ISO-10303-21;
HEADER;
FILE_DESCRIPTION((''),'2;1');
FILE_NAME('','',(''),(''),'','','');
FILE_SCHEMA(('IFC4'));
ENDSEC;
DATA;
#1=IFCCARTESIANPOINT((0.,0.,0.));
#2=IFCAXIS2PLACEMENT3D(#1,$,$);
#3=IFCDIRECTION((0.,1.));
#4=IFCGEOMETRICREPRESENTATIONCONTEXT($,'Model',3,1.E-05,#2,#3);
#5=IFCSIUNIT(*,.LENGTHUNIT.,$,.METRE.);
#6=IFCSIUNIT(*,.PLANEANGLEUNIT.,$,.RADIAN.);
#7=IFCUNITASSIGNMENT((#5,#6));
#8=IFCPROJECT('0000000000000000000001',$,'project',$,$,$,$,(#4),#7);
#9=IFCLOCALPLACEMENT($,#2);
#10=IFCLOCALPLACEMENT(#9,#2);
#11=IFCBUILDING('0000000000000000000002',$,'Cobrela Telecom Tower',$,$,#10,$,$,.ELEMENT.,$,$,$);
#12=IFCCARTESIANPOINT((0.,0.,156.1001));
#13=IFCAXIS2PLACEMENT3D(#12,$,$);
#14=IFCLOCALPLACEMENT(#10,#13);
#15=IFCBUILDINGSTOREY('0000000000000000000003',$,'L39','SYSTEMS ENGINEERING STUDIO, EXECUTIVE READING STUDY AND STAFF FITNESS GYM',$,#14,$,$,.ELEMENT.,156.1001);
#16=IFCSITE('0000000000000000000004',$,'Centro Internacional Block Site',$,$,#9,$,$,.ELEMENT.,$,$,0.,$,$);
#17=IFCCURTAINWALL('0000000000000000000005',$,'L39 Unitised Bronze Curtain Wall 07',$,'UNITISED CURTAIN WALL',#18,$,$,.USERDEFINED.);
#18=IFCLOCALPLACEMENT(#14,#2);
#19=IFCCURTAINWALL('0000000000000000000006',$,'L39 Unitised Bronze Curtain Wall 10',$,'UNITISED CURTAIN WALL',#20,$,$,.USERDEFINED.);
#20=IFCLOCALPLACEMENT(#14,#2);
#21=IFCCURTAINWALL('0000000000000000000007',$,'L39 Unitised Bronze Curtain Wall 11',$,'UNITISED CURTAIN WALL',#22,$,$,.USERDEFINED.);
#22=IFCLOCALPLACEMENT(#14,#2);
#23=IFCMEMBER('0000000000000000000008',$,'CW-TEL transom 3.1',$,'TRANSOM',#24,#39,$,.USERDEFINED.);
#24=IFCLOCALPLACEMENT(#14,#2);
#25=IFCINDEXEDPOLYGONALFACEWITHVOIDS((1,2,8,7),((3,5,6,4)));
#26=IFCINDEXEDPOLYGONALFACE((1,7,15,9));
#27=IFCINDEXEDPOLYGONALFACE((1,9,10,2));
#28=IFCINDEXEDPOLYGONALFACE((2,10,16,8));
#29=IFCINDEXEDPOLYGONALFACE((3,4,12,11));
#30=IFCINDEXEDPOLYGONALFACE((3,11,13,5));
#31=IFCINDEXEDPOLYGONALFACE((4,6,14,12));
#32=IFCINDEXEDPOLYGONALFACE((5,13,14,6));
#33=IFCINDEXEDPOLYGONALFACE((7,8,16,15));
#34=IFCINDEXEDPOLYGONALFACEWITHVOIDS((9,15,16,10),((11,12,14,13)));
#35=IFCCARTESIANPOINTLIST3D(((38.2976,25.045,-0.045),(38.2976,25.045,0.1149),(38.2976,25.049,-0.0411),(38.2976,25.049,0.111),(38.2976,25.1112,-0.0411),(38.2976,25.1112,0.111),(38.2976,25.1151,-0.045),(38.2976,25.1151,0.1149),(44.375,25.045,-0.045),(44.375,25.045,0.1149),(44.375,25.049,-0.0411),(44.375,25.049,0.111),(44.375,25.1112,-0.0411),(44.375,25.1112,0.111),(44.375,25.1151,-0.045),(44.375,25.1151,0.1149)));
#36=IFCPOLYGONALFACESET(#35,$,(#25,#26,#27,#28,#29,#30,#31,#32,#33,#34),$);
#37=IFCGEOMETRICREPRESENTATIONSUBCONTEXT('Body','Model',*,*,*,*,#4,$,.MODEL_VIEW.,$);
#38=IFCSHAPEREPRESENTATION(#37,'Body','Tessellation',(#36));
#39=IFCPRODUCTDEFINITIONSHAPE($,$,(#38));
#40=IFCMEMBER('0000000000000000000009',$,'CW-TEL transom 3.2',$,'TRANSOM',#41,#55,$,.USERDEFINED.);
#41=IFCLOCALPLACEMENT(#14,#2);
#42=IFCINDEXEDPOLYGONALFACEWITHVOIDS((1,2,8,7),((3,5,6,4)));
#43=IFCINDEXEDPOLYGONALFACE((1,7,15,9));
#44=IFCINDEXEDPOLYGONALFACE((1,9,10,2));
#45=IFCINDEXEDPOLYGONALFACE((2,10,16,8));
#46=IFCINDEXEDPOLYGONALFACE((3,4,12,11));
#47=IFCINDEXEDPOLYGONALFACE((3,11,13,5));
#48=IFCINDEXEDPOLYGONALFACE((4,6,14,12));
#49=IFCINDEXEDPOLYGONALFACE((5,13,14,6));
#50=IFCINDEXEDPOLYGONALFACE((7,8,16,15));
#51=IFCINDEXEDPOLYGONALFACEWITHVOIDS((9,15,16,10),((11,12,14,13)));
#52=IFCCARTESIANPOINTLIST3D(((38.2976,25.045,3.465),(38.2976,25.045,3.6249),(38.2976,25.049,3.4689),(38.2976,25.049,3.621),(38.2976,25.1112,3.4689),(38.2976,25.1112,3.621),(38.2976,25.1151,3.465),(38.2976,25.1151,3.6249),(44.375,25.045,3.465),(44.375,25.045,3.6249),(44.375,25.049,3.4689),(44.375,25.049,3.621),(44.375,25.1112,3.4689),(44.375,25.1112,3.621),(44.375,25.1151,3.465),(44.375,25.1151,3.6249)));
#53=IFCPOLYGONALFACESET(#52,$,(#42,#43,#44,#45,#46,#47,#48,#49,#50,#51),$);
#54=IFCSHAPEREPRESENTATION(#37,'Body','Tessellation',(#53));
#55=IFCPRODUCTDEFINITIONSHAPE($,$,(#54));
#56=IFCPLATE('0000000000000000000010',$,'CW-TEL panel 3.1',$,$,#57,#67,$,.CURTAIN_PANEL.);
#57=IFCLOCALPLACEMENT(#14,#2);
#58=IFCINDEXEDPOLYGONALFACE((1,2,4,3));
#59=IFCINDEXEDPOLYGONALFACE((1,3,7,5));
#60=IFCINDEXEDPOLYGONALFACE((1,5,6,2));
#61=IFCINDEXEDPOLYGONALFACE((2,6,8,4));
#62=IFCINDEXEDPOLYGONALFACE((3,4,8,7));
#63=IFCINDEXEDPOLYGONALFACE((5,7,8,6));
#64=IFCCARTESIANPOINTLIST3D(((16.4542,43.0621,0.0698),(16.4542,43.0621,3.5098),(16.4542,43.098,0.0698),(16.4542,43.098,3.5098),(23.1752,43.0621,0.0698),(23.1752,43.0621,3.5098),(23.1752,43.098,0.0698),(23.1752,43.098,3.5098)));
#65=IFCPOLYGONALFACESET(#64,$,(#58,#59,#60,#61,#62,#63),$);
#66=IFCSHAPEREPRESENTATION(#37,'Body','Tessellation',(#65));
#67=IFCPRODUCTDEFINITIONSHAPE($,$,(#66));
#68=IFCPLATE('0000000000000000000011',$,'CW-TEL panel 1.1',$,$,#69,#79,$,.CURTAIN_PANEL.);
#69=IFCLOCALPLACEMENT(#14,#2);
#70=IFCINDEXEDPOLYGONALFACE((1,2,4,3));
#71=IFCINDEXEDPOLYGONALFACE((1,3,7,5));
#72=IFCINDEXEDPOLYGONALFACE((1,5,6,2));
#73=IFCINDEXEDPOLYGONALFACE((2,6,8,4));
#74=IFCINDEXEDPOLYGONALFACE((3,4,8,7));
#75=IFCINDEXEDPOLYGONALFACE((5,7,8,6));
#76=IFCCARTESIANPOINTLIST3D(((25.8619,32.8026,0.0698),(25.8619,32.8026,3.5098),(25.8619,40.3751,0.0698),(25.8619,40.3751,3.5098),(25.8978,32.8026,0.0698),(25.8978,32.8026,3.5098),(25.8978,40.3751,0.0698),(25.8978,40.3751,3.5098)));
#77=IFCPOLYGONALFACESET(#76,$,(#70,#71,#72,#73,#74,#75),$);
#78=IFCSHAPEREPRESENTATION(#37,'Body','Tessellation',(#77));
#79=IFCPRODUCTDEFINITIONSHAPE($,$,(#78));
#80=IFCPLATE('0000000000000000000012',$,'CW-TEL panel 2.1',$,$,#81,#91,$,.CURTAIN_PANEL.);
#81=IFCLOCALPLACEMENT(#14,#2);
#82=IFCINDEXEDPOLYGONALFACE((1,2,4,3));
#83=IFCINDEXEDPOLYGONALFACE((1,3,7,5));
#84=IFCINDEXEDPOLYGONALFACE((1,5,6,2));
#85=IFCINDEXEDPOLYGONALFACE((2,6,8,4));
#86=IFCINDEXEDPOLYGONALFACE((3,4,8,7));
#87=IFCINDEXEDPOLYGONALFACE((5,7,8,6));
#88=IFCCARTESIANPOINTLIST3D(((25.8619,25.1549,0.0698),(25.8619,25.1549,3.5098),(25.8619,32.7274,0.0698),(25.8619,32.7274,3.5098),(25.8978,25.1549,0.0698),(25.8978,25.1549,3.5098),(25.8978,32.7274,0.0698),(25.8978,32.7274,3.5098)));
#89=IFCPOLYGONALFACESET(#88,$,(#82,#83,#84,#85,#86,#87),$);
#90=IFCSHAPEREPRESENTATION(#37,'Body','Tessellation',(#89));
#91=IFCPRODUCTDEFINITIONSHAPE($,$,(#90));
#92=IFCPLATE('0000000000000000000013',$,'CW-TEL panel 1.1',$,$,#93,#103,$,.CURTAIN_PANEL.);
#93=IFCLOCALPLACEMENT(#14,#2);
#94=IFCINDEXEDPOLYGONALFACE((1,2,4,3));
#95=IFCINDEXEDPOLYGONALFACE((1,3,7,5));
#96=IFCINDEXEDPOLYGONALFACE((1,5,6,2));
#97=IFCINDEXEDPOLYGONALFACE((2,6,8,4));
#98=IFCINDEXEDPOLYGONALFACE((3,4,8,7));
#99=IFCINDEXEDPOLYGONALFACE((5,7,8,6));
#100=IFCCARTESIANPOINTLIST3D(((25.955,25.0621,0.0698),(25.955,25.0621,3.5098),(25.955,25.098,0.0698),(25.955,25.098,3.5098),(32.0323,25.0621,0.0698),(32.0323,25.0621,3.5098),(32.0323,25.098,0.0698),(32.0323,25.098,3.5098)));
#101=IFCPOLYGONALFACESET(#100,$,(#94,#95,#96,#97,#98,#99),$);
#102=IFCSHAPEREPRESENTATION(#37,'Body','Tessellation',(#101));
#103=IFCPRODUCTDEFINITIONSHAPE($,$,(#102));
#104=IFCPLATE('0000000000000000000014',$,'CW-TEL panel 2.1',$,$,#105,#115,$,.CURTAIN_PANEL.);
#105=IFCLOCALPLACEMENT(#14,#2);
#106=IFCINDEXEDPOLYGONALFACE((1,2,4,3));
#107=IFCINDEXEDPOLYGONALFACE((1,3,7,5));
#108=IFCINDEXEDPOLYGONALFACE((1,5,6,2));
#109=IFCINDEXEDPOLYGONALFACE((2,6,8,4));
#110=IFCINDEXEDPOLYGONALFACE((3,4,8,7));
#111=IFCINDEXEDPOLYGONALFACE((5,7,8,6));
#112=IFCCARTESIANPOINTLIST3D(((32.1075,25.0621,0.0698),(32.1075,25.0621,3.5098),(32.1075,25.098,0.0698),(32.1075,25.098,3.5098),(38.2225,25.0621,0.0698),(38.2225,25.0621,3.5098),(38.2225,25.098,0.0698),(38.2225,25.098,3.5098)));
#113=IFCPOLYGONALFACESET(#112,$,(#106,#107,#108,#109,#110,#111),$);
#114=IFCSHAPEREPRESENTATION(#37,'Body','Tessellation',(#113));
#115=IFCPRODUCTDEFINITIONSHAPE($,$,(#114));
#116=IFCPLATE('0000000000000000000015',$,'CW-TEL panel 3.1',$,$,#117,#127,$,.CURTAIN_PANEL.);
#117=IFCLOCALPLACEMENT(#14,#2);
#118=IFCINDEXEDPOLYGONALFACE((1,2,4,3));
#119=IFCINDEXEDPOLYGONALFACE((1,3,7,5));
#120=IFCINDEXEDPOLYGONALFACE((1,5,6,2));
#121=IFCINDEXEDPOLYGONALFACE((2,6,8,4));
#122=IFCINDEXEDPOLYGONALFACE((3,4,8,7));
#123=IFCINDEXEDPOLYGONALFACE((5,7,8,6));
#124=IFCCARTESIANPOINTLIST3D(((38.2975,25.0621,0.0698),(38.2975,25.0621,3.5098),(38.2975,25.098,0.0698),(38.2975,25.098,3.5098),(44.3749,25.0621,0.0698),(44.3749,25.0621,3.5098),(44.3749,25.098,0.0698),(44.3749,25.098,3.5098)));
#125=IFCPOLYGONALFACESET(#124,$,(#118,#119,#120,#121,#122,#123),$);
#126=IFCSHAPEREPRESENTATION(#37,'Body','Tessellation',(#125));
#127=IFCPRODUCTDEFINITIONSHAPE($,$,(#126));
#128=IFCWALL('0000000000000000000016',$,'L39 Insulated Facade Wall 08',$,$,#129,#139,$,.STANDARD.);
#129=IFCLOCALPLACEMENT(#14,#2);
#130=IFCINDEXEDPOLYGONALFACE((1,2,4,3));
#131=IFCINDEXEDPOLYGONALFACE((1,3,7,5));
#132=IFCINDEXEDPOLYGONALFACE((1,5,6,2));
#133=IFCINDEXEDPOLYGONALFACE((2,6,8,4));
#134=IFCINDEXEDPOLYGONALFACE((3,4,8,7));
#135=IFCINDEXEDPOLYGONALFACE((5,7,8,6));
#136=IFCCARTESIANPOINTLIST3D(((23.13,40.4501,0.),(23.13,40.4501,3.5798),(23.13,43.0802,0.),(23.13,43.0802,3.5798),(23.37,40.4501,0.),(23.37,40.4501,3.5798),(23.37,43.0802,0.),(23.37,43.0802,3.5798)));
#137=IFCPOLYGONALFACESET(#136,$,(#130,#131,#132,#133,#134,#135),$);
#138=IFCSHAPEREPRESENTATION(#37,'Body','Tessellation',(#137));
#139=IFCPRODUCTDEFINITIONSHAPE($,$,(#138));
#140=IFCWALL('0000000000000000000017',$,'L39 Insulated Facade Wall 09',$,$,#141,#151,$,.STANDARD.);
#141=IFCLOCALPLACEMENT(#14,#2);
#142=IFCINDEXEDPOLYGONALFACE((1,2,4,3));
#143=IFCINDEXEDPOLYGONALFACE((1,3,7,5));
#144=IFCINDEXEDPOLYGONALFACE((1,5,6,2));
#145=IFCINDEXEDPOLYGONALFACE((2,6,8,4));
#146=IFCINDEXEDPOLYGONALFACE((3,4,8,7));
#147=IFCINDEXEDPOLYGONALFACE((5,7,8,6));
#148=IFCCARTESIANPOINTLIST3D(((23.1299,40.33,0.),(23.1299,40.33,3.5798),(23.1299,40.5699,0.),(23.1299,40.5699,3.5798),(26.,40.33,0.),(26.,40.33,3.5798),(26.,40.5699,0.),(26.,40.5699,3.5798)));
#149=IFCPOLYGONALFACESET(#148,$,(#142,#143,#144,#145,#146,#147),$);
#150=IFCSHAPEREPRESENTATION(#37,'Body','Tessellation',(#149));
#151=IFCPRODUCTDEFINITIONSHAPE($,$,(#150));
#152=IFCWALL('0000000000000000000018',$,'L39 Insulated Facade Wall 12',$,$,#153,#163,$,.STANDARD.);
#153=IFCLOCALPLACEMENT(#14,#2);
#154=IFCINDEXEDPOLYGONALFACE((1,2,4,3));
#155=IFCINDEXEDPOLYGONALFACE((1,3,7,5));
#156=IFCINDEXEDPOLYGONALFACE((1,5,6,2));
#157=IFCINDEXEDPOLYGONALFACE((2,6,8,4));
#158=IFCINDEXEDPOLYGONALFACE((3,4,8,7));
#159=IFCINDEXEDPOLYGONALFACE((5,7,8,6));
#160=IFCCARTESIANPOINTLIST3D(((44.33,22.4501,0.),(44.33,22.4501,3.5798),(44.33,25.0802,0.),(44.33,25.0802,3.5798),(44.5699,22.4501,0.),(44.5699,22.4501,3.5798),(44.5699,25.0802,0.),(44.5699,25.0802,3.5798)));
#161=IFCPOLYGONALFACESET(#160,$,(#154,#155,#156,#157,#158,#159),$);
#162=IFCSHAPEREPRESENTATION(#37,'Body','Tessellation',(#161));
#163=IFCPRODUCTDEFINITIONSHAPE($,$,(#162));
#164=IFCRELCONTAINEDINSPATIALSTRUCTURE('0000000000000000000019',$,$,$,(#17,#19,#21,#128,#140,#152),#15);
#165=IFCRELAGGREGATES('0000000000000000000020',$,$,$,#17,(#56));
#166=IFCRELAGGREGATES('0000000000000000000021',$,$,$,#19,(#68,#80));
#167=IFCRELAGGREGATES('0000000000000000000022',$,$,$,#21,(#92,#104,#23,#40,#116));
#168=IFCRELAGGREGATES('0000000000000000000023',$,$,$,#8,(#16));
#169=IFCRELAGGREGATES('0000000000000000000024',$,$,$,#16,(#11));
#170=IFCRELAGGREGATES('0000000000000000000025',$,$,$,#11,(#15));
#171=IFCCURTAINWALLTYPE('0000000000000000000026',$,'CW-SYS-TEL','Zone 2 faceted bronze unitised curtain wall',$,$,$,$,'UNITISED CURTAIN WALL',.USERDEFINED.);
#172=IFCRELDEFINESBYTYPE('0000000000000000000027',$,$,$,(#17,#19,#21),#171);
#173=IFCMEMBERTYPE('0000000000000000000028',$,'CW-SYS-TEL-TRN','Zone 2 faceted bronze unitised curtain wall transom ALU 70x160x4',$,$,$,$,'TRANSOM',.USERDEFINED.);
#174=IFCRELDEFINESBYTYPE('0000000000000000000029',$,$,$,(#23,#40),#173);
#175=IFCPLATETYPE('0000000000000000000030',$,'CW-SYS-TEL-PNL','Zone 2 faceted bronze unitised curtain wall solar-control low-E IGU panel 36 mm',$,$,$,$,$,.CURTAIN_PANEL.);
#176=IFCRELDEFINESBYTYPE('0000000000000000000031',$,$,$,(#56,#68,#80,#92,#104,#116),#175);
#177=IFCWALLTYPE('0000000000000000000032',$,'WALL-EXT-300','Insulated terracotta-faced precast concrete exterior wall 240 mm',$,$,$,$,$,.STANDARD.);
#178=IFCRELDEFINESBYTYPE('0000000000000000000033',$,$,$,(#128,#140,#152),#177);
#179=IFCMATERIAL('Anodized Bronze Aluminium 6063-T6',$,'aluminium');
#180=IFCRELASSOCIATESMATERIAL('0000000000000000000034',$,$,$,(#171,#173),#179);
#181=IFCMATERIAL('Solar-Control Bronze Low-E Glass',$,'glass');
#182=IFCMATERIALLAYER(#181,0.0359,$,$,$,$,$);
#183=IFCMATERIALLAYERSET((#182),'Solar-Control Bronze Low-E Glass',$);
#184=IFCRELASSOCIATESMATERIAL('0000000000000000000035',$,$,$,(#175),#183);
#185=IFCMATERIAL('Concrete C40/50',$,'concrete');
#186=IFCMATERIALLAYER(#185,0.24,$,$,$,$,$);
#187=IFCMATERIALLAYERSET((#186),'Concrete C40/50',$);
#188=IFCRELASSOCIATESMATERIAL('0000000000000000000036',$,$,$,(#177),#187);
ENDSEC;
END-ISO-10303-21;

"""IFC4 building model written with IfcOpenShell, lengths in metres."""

from ifc_helpers import new_model, si_unit, direction, frame, frame_2d, origin, origin_2d, place, context, subcontext, project, spatial, rectangle, hollow_rectangle, extrude, material, layer, layer_set, material_profile, profile_set, type_object, element, aggregate, save


model = new_model("IFC4")

# Units and contexts
model_context = context("Model", 3, precision=1e-05, world=origin(), true_north=direction((0.0, 1.0)))
body_context = subcontext(model_context, "Body", "Model", "MODEL_VIEW")
ifc_project = project(units=[si_unit("LENGTHUNIT", "METRE"), si_unit("PLANEANGLEUNIT", "RADIAN")], contexts=[model_context])

# Site, building, storey
site_placement = place(None, origin())
site = spatial("IfcSite", under=ifc_project, at=site_placement, Name="Centro Internacional Block Site", CompositionType="ELEMENT", RefElevation=0.0)
building_placement = place(site_placement, origin())
building = spatial("IfcBuilding", under=site, at=building_placement, Name="Cobrela Telecom Tower", CompositionType="ELEMENT")
storey_placement = place(building_placement, frame((0.0, 0.0, 156.1001)))
storey = spatial("IfcBuildingStorey", under=building, at=storey_placement, Name="L39", Description="SYSTEMS ENGINEERING STUDIO, EXECUTIVE READING STUDY AND STAFF FITNESS GYM", CompositionType="ELEMENT", Elevation=156.1001)

# Curtain wall
ifc_material_1 = material(Name="Anodized Bronze Aluminium 6063-T6", Category="aluminium")
curtain_wall_type = type_object("IfcCurtainWallType", Name="CW-SYS-TEL", Description="Zone 2 faceted bronze unitised curtain wall", ElementType="UNITISED CURTAIN WALL", PredefinedType="USERDEFINED", material=ifc_material_1)
curtain_wall_1_placement = place(storey_placement, origin())
curtain_wall_1 = element("IfcCurtainWall", 1, at=curtain_wall_1_placement, inside=storey, type_object=curtain_wall_type, Name="L39 Unitised Bronze Curtain Wall 07", ObjectType="UNITISED CURTAIN WALL", PredefinedType="USERDEFINED")

# Curtain walls
curtain_wall_2_placement = place(storey_placement, origin())
curtain_wall_2 = element("IfcCurtainWall", 2, at=curtain_wall_2_placement, inside=storey, type_object=curtain_wall_type, Name="L39 Unitised Bronze Curtain Wall 10", ObjectType="UNITISED CURTAIN WALL", PredefinedType="USERDEFINED")
curtain_wall_3_placement = place(storey_placement, origin())
curtain_wall_3 = element("IfcCurtainWall", 3, at=curtain_wall_3_placement, inside=storey, type_object=curtain_wall_type, Name="L39 Unitised Bronze Curtain Wall 11", ObjectType="UNITISED CURTAIN WALL", PredefinedType="USERDEFINED")

# Members
ifc_material_profile_1 = material_profile(ifc_material_1, hollow_rectangle(XDim=0.0701, YDim=0.1599, WallThickness=0.0039, at=origin_2d()), Name="ALU 70x160x4")
ifc_profile_set_1 = profile_set([ifc_material_profile_1], Name="Anodized Bronze Aluminium 6063-T6")
member_type_1 = type_object("IfcMemberType", Name="CW-SYS-TEL-TRN", Description="Zone 2 faceted bronze unitised curtain wall transom ALU 70x160x4", ElementType="TRANSOM", PredefinedType="USERDEFINED", material=ifc_profile_set_1)
member_1_placement = place(storey_placement, frame((38.2976, 25.0801, 0.0349), z_axis=(1.0, 0.0, 0.0), x_axis=(0.0, 1.0, 0.0)))
member_1 = element("IfcMember", 4, at=member_1_placement, type_object=member_type_1, Name="CW-TEL transom 3.1", ObjectType="TRANSOM", PredefinedType="USERDEFINED", context=body_context, shape_type="SweptSolid", body=[
    extrude(hollow_rectangle(XDim=0.0701, YDim=0.1599, WallThickness=0.0039, at=origin_2d()), origin(), (0.0, 0.0, 1.0), 6.0774),
])
member_2_placement = place(storey_placement, frame((38.2976, 25.0801, 3.5449), z_axis=(1.0, 0.0, 0.0), x_axis=(0.0, 1.0, 0.0)))
member_2 = element("IfcMember", 5, at=member_2_placement, type_object=member_type_1, Name="CW-TEL transom 3.2", ObjectType="TRANSOM", PredefinedType="USERDEFINED", context=body_context, shape_type="SweptSolid", body=[
    extrude(hollow_rectangle(XDim=0.0701, YDim=0.1599, WallThickness=0.0039, at=origin_2d()), origin(), (0.0, 0.0, 1.0), 6.0774),
])

# Plates
ifc_material_2 = material(Name="Solar-Control Bronze Low-E Glass", Category="glass")
ifc_layer_1 = layer(ifc_material_2, 0.0359)
ifc_layer_set_1 = layer_set([ifc_layer_1], Name="Solar-Control Bronze Low-E Glass")
plate_type = type_object("IfcPlateType", Name="CW-SYS-TEL-PNL", Description="Zone 2 faceted bronze unitised curtain wall solar-control low-E IGU panel 36 mm", PredefinedType="CURTAIN_PANEL", material=ifc_layer_set_1)
plate_1_placement = place(storey_placement, frame((19.8147, 43.0801, 0.0698), z_axis=(0.0, 0.0, 1.0), x_axis=(1.0, 0.0, 0.0)))
plate_1 = element("IfcPlate", 6, at=plate_1_placement, type_object=plate_type, Name="CW-TEL panel 3.1", PredefinedType="CURTAIN_PANEL", context=body_context, shape_type="SweptSolid", body=[
    extrude(rectangle(XDim=6.7209, YDim=0.0359, at=origin_2d()), origin(), (0.0, 0.0, 1.0), 3.4399),
])
aggregate(curtain_wall_1, [plate_1])
plate_2_placement = place(storey_placement, frame((25.8799, 36.5889, 0.0698), z_axis=(0.0, 0.0, 1.0), x_axis=(0.0, -1.0, 0.0)))
plate_2 = element("IfcPlate", 7, at=plate_2_placement, type_object=plate_type, Name="CW-TEL panel 1.1", PredefinedType="CURTAIN_PANEL", context=body_context, shape_type="SweptSolid", body=[
    extrude(rectangle(XDim=7.5725, YDim=0.0359, at=origin_2d()), origin(), (0.0, 0.0, 1.0), 3.4399),
])
plate_3_placement = place(storey_placement, frame((25.8799, 28.9412, 0.0698), z_axis=(0.0, 0.0, 1.0), x_axis=(0.0, -1.0, 0.0)))
plate_3 = element("IfcPlate", 8, at=plate_3_placement, type_object=plate_type, Name="CW-TEL panel 2.1", PredefinedType="CURTAIN_PANEL", context=body_context, shape_type="SweptSolid", body=[
    extrude(rectangle(XDim=7.5725, YDim=0.0359, at=origin_2d()), origin(), (0.0, 0.0, 1.0), 3.4399),
])
aggregate(curtain_wall_2, [plate_2, plate_3])
plate_4_placement = place(storey_placement, frame((28.9937, 25.0801, 0.0698), z_axis=(0.0, 0.0, 1.0), x_axis=(1.0, 0.0, 0.0)))
plate_4 = element("IfcPlate", 9, at=plate_4_placement, type_object=plate_type, Name="CW-TEL panel 1.1", PredefinedType="CURTAIN_PANEL", context=body_context, shape_type="SweptSolid", body=[
    extrude(rectangle(XDim=6.0774, YDim=0.0359, at=origin_2d()), origin(), (0.0, 0.0, 1.0), 3.4399),
])
plate_5_placement = place(storey_placement, frame((35.165, 25.0801, 0.0698), z_axis=(0.0, 0.0, 1.0), x_axis=(1.0, 0.0, 0.0)))
plate_5 = element("IfcPlate", 10, at=plate_5_placement, type_object=plate_type, Name="CW-TEL panel 2.1", PredefinedType="CURTAIN_PANEL", context=body_context, shape_type="SweptSolid", body=[
    extrude(rectangle(XDim=6.115, YDim=0.0359, at=origin_2d()), origin(), (0.0, 0.0, 1.0), 3.4399),
])
plate_6_placement = place(storey_placement, frame((41.3362, 25.0801, 0.0698), z_axis=(0.0, 0.0, 1.0), x_axis=(1.0, 0.0, 0.0)))
plate_6 = element("IfcPlate", 11, at=plate_6_placement, type_object=plate_type, Name="CW-TEL panel 3.1", PredefinedType="CURTAIN_PANEL", context=body_context, shape_type="SweptSolid", body=[
    extrude(rectangle(XDim=6.0774, YDim=0.0359, at=origin_2d()), origin(), (0.0, 0.0, 1.0), 3.4399),
])
aggregate(curtain_wall_3, [plate_4, plate_5, member_1, member_2, plate_6])

# Walls
ifc_material_3 = material(Name="Concrete C40/50", Category="concrete")
ifc_layer_2 = layer(ifc_material_3, 0.24)
ifc_layer_set_2 = layer_set([ifc_layer_2], Name="Concrete C40/50")
wall_type = type_object("IfcWallType", Name="WALL-EXT-300", Description="Insulated terracotta-faced precast concrete exterior wall 240 mm", PredefinedType="STANDARD", material=ifc_layer_set_2)
wall_1_placement = place(storey_placement, frame((23.25, 43.0801, 0.0), z_axis=(0.0, 0.0, 1.0), x_axis=(0.0, -1.0, 0.0)))
element("IfcWall", 12, at=wall_1_placement, inside=storey, type_object=wall_type, Name="L39 Insulated Facade Wall 08", PredefinedType="STANDARD", context=body_context, shape_type="SweptSolid", body=[
    extrude(rectangle(XDim=2.6301, YDim=0.24, at=frame_2d((1.3149, 0.0))), origin(), (0.0, 0.0, 1.0), 3.5798),
])
wall_2_placement = place(storey_placement, frame((23.1299, 40.45, 0.0), z_axis=(0.0, 0.0, 1.0), x_axis=(1.0, 0.0, 0.0)))
element("IfcWall", 13, at=wall_2_placement, inside=storey, type_object=wall_type, Name="L39 Insulated Facade Wall 09", PredefinedType="STANDARD", context=body_context, shape_type="SweptSolid", body=[
    extrude(rectangle(XDim=2.8701, YDim=0.24, at=frame_2d((1.4351, 0.0))), origin(), (0.0, 0.0, 1.0), 3.5798),
])
wall_3_placement = place(storey_placement, frame((44.45, 25.0801, 0.0), z_axis=(0.0, 0.0, 1.0), x_axis=(0.0, -1.0, 0.0)))
element("IfcWall", 14, at=wall_3_placement, inside=storey, type_object=wall_type, Name="L39 Insulated Facade Wall 12", PredefinedType="STANDARD", context=body_context, shape_type="SweptSolid", body=[
    extrude(rectangle(XDim=2.6301, YDim=0.24, at=frame_2d((1.3149, 0.0))), origin(), (0.0, 0.0, 1.0), 3.5798),
])

save(model, "model.ifc")
